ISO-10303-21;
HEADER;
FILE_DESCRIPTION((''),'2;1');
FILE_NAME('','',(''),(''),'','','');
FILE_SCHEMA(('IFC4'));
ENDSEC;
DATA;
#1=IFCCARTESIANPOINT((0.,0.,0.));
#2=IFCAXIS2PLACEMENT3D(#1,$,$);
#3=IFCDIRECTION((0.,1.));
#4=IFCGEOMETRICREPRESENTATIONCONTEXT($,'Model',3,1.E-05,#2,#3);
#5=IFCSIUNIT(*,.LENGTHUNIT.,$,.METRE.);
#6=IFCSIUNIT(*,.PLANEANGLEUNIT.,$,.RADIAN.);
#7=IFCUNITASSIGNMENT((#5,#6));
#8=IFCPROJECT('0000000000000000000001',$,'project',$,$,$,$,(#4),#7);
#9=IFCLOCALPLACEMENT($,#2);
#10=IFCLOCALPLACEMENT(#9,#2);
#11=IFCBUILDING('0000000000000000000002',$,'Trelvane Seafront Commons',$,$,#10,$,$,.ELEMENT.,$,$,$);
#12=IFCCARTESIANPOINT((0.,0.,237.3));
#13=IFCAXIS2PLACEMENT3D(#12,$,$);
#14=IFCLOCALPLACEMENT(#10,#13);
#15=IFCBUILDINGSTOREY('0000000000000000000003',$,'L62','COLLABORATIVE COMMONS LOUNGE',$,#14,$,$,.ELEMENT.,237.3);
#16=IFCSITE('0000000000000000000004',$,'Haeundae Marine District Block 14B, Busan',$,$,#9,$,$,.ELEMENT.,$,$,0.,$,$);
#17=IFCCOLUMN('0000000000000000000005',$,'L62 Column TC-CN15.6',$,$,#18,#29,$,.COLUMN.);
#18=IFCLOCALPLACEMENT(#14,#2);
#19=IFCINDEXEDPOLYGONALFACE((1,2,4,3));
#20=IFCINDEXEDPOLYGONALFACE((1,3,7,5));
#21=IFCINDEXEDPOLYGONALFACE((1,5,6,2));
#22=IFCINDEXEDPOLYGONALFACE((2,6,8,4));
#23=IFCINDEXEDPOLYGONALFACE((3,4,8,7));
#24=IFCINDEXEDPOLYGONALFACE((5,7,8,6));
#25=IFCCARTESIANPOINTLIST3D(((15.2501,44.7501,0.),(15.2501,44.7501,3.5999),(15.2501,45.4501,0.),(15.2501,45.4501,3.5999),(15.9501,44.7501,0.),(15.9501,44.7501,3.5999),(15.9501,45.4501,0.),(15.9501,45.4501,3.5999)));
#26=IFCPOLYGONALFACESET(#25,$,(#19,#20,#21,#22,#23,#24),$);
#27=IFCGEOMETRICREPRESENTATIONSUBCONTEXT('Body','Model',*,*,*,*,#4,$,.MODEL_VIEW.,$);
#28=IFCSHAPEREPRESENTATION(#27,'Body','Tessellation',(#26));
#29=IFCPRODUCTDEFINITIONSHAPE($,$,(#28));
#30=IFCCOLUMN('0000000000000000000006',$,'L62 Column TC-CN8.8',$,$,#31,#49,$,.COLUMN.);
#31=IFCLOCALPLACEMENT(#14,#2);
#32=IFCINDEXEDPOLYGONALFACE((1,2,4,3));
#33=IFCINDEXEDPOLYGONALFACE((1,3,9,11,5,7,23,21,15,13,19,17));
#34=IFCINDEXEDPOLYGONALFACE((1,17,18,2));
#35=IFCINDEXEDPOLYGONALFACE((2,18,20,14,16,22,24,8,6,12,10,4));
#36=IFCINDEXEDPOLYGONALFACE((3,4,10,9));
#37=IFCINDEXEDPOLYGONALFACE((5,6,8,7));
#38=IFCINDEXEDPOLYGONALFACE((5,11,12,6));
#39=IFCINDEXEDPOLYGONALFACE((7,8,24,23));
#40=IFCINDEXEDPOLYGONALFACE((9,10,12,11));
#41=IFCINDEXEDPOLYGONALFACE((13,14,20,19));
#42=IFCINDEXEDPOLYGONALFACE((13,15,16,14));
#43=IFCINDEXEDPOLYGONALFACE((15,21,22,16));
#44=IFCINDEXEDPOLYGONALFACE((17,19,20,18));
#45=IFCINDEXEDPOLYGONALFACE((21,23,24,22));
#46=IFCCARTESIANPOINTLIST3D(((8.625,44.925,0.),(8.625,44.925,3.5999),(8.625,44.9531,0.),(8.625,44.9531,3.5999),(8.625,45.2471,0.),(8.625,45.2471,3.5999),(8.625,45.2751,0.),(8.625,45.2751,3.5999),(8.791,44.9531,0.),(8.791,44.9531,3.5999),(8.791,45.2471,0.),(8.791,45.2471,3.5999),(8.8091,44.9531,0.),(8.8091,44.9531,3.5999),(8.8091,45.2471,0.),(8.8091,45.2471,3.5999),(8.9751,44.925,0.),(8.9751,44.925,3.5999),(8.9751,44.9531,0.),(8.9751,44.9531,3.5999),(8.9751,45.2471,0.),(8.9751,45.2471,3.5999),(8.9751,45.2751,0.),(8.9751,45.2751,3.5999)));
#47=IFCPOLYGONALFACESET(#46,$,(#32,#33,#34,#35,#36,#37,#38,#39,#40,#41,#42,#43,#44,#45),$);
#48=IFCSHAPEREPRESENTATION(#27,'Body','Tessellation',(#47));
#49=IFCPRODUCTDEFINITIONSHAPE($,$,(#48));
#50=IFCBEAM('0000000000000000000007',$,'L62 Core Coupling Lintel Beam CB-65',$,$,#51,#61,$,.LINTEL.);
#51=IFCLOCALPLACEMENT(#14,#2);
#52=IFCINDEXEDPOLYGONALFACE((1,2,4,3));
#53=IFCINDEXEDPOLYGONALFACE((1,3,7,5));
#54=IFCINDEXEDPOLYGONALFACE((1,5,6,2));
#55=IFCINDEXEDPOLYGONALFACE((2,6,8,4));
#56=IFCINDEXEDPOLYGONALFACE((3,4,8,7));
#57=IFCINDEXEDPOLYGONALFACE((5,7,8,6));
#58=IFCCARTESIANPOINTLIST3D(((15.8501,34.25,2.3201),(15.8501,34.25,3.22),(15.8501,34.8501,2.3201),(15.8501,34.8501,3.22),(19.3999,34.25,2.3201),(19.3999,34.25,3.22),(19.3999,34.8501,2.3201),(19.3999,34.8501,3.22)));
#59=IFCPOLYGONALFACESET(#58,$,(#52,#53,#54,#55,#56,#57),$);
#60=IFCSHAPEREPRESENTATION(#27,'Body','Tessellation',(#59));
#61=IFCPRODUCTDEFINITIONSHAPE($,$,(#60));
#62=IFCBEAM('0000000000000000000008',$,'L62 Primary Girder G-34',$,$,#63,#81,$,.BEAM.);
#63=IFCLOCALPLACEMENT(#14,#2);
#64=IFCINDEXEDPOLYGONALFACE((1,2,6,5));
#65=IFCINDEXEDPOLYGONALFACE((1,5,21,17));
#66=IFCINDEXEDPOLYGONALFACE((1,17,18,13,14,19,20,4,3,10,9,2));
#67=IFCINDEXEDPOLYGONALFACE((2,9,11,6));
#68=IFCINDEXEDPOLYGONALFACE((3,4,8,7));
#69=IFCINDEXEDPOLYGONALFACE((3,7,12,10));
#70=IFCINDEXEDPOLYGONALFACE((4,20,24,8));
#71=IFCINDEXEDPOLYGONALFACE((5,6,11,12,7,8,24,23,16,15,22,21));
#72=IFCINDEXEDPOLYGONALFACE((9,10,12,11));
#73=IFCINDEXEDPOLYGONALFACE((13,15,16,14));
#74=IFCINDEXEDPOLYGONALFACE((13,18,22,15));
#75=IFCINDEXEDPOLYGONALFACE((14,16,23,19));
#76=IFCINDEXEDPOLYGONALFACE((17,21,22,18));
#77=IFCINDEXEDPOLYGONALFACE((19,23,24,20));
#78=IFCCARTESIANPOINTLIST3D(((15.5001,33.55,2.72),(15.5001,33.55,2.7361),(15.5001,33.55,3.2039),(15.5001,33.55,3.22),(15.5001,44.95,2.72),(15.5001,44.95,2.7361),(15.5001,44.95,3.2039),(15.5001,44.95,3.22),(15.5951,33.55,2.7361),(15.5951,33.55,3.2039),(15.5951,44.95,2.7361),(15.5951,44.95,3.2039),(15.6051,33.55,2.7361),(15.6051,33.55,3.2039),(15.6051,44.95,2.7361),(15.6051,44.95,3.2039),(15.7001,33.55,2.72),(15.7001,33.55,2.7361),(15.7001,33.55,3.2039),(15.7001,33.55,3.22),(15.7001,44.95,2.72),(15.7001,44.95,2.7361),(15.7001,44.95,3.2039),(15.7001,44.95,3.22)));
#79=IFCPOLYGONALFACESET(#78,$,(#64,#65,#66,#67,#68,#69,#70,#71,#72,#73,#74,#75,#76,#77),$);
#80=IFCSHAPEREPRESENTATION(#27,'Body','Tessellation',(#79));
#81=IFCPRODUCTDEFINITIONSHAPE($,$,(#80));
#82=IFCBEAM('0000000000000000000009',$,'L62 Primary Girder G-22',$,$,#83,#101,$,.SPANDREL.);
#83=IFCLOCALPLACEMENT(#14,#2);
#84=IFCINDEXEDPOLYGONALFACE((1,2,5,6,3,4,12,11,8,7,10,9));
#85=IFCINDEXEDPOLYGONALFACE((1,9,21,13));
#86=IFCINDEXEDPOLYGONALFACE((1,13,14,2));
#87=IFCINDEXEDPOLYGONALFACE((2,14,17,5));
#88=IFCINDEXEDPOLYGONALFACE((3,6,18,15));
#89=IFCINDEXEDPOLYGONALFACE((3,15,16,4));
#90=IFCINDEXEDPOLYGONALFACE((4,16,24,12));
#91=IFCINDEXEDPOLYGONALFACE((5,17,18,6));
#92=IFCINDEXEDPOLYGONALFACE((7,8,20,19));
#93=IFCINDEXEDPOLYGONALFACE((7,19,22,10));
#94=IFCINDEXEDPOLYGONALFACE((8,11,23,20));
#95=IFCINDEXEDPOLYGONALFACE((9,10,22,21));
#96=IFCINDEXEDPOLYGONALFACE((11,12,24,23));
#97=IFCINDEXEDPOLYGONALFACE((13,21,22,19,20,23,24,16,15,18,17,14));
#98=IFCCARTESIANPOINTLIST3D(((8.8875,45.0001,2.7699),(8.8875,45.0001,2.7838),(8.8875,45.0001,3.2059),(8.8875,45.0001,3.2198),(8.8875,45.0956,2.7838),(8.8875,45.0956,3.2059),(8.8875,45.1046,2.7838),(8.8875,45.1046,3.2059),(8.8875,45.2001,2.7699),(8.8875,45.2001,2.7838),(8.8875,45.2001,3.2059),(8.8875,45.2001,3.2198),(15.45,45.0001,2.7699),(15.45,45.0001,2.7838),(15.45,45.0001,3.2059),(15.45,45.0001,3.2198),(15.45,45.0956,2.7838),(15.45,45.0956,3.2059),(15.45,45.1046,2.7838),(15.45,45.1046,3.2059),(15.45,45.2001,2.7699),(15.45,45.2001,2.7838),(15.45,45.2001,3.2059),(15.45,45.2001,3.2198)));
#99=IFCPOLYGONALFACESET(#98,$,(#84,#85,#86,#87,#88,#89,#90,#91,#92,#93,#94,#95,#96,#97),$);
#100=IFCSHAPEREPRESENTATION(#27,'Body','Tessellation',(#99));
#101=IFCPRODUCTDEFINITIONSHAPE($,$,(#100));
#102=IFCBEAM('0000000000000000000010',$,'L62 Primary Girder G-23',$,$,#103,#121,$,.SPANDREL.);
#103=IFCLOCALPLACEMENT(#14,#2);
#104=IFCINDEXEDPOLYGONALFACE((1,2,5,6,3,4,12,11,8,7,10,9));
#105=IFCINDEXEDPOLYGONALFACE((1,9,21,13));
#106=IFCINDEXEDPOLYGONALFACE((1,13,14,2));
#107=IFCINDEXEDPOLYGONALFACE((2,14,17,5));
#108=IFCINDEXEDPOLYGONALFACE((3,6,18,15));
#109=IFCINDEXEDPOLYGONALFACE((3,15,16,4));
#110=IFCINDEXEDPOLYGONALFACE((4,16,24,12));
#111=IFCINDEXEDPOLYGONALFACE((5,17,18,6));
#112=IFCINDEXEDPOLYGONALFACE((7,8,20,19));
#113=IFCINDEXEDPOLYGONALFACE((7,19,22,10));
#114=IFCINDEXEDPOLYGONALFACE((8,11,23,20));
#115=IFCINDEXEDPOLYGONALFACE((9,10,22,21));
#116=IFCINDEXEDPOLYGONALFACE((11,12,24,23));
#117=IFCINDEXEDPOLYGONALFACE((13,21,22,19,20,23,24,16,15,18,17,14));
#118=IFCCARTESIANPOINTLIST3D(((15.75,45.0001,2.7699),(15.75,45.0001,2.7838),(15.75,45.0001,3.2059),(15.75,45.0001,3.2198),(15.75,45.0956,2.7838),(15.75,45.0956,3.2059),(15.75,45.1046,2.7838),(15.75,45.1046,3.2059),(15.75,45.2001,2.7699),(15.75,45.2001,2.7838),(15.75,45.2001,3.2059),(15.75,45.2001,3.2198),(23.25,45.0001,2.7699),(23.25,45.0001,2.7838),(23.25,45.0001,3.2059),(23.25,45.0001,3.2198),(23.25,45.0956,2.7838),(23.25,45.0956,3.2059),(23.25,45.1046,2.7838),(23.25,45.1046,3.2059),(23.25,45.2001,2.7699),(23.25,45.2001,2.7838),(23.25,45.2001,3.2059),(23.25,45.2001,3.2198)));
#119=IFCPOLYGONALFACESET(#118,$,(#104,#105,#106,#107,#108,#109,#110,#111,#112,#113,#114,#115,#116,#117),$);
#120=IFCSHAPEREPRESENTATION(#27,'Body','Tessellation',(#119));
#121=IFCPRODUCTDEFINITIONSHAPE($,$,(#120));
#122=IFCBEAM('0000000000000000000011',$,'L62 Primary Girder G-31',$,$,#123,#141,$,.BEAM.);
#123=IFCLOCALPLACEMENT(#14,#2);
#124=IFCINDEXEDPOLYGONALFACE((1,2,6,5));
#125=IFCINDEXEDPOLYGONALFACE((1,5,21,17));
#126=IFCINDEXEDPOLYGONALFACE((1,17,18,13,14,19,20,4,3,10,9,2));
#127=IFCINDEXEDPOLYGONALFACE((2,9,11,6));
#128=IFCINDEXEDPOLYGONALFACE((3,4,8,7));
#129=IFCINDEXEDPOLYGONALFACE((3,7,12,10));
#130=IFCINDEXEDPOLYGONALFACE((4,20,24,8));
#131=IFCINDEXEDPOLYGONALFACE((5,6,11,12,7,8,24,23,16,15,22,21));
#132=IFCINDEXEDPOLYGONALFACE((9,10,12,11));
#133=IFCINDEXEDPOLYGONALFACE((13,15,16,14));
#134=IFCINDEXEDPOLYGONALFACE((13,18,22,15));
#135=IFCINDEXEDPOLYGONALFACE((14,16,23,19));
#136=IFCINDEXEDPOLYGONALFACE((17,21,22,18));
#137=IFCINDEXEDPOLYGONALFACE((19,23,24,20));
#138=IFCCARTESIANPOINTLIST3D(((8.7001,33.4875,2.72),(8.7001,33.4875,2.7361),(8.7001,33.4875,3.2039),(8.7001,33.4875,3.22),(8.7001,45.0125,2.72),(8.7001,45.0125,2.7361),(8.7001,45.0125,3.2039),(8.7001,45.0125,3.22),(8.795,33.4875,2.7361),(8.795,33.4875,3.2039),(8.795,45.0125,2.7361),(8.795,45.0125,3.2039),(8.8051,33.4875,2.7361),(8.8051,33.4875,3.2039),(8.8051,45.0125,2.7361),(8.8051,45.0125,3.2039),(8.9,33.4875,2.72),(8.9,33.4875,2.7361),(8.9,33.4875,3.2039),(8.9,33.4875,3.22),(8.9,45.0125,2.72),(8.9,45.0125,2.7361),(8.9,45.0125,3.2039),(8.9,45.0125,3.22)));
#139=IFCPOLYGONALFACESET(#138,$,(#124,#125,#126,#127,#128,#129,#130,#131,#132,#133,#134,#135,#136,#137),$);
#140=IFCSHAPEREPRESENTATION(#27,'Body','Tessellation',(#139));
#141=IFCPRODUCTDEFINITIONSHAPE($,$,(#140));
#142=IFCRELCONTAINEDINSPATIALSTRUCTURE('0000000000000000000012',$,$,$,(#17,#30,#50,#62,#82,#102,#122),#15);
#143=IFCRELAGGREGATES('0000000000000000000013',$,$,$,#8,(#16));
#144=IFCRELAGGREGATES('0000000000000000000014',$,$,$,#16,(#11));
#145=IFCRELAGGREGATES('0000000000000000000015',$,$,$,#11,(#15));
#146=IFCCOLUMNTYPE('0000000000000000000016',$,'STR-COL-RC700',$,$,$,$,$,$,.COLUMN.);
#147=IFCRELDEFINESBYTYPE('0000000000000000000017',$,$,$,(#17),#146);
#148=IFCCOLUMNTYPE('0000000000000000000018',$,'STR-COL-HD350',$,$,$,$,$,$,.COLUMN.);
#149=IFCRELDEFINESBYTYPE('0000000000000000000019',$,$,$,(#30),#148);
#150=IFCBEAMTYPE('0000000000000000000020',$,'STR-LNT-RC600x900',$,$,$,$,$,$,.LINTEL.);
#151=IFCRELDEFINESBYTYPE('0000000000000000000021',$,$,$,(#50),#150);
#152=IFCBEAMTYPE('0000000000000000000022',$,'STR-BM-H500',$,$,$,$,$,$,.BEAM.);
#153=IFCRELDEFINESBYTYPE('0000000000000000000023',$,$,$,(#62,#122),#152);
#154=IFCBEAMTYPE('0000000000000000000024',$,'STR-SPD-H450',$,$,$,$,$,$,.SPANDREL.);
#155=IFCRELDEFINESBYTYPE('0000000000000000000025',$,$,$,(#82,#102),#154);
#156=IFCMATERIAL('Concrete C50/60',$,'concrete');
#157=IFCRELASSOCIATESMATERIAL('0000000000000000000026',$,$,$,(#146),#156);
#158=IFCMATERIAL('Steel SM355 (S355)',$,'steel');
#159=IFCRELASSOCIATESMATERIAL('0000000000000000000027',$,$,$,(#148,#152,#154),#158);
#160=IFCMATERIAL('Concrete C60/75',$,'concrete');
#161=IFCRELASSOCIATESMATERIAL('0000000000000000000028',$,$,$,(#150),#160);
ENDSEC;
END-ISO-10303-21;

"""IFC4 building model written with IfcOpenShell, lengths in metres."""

from ifc_helpers import new_model, si_unit, direction, frame, origin, origin_2d, place, context, subcontext, project, spatial, rectangle, i_section, extrude, source, transform, mapped, material, material_profile, profile_set, type_object, element, save


model = new_model("IFC4")

# Units and contexts
model_context = context("Model", 3, precision=1e-05, world=origin(), true_north=direction((0.0, 1.0)))
body_context = subcontext(model_context, "Body", "Model", "MODEL_VIEW")
ifc_project = project(units=[si_unit("LENGTHUNIT", "METRE"), si_unit("PLANEANGLEUNIT", "RADIAN")], contexts=[model_context])

# Site, building, storey
site_placement = place(None, origin())
site = spatial("IfcSite", under=ifc_project, at=site_placement, Name="Haeundae Marine District Block 14B, Busan", CompositionType="ELEMENT", RefElevation=0.0)
building_placement = place(site_placement, origin())
building = spatial("IfcBuilding", under=site, at=building_placement, Name="Trelvane Seafront Commons", CompositionType="ELEMENT")
storey_placement = place(building_placement, frame((0.0, 0.0, 237.3)))
storey = spatial("IfcBuildingStorey", under=building, at=storey_placement, Name="L62", Description="COLLABORATIVE COMMONS LOUNGE", CompositionType="ELEMENT", Elevation=237.3)

# Columns
ifc_material_1 = material(Name="Concrete C50/60", Category="concrete")
ifc_material_profile_1 = material_profile(ifc_material_1, rectangle(XDim=0.7, YDim=0.7, at=origin_2d()), Name="RC-700x700")
ifc_profile_set_1 = profile_set([ifc_material_profile_1], Name="Concrete C50/60")
column_type_1 = type_object("IfcColumnType", Name="STR-COL-RC700", PredefinedType="COLUMN", material=ifc_profile_set_1)
shared_shape_1 = source(origin(), body_context, "Body", "SweptSolid", [
    extrude(rectangle(XDim=0.7, YDim=0.7, at=origin_2d()), origin(), (0.0, 0.0, 1.0), 3.5999),
])
column_1_placement = place(storey_placement, frame((15.6001, 45.1001, 0.0), z_axis=(0.0, 0.0, 1.0), x_axis=(1.0, 0.0, 0.0)))
element("IfcColumn", 1, at=column_1_placement, inside=storey, type_object=column_type_1, Name="L62 Column TC-CN15.6", PredefinedType="COLUMN", context=body_context, shape_type="MappedRepresentation", body=[
    mapped(shared_shape_1, transform((0.0, 0.0, 0.0), x_axis=(1.0, 0.0, 0.0), y_axis=(0.0, 1.0, 0.0), z_axis=(0.0, 0.0, 1.0), scale=1.0)),
])
ifc_material_2 = material(Name="Steel SM355 (S355)", Category="steel")
ifc_material_profile_2 = material_profile(ifc_material_2, i_section(OverallWidth=0.3501, OverallDepth=0.3501, WebThickness=0.0181, FlangeThickness=0.0281, at=origin_2d()), Name="HD-350x350x18x28")
ifc_profile_set_2 = profile_set([ifc_material_profile_2], Name="Steel SM355 (S355)")
column_type_2 = type_object("IfcColumnType", Name="STR-COL-HD350", PredefinedType="COLUMN", material=ifc_profile_set_2)
shared_shape_2 = source(origin(), body_context, "Body", "SweptSolid", [
    extrude(i_section(OverallWidth=0.3501, OverallDepth=0.3501, WebThickness=0.0181, FlangeThickness=0.0281, at=origin_2d()), origin(), (0.0, 0.0, 1.0), 3.5999),
])
column_2_placement = place(storey_placement, frame((8.8, 45.1001, 0.0), z_axis=(0.0, 0.0, 1.0), x_axis=(1.0, 0.0, 0.0)))
element("IfcColumn", 2, at=column_2_placement, inside=storey, type_object=column_type_2, Name="L62 Column TC-CN8.8", PredefinedType="COLUMN", context=body_context, shape_type="MappedRepresentation", body=[
    mapped(shared_shape_2, transform((0.0, 0.0, 0.0), x_axis=(1.0, 0.0, 0.0), y_axis=(0.0, 1.0, 0.0), z_axis=(0.0, 0.0, 1.0), scale=1.0)),
])

# Beams
ifc_material_3 = material(Name="Concrete C60/75", Category="concrete")
ifc_material_profile_3 = material_profile(ifc_material_3, rectangle(XDim=0.6001, YDim=0.8999, at=origin_2d()), Name="RC-600x900")
ifc_profile_set_3 = profile_set([ifc_material_profile_3], Name="Concrete C60/75")
beam_type_1 = type_object("IfcBeamType", Name="STR-LNT-RC600x900", PredefinedType="LINTEL", material=ifc_profile_set_3)
shared_shape_3 = source(origin(), body_context, "Body", "SweptSolid", [
    extrude(rectangle(XDim=0.6001, YDim=0.8999, at=origin_2d()), origin(), (0.0, 0.0, 1.0), 3.5498),
])
beam_1_placement = place(storey_placement, frame((15.8501, 34.55, 2.77), z_axis=(1.0, 0.0, 0.0), x_axis=(0.0, 1.0, 0.0)))
element("IfcBeam", 3, at=beam_1_placement, inside=storey, type_object=beam_type_1, Name="L62 Core Coupling Lintel Beam CB-65", PredefinedType="LINTEL", context=body_context, shape_type="MappedRepresentation", body=[
    mapped(shared_shape_3, transform((0.0, 0.0, 0.0), x_axis=(1.0, 0.0, 0.0), y_axis=(0.0, 1.0, 0.0), z_axis=(0.0, 0.0, 1.0), scale=1.0)),
])
ifc_material_profile_4 = material_profile(ifc_material_2, i_section(OverallWidth=0.2, OverallDepth=0.5, WebThickness=0.01, FlangeThickness=0.0161, at=origin_2d()), Name="H-500x200x10x16")
ifc_profile_set_4 = profile_set([ifc_material_profile_4], Name="Steel SM355 (S355)")
beam_type_2 = type_object("IfcBeamType", Name="STR-BM-H500", PredefinedType="BEAM", material=ifc_profile_set_4)
shared_shape_4 = source(origin(), body_context, "Body", "SweptSolid", [
    extrude(i_section(OverallWidth=0.2, OverallDepth=0.5, WebThickness=0.01, FlangeThickness=0.0161, at=origin_2d()), origin(), (0.0, 0.0, 1.0), 11.3999),
])
beam_2_placement = place(storey_placement, frame((15.6001, 33.55, 2.97), z_axis=(0.0, 1.0, 0.0), x_axis=(-1.0, 0.0, 0.0)))
element("IfcBeam", 4, at=beam_2_placement, inside=storey, type_object=beam_type_2, Name="L62 Primary Girder G-34", PredefinedType="BEAM", context=body_context, shape_type="MappedRepresentation", body=[
    mapped(shared_shape_4, transform((0.0, 0.0, 0.0), x_axis=(1.0, 0.0, 0.0), y_axis=(0.0, 1.0, 0.0), z_axis=(0.0, 0.0, 1.0), scale=1.0)),
])
ifc_material_profile_5 = material_profile(ifc_material_2, i_section(OverallWidth=0.2, OverallDepth=0.45, WebThickness=0.009, FlangeThickness=0.0139, at=origin_2d()), Name="H-450x200x9x14")
ifc_profile_set_5 = profile_set([ifc_material_profile_5], Name="Steel SM355 (S355)")
beam_type_3 = type_object("IfcBeamType", Name="STR-SPD-H450", PredefinedType="SPANDREL", material=ifc_profile_set_5)
shared_shape_5 = source(origin(), body_context, "Body", "SweptSolid", [
    extrude(i_section(OverallWidth=0.2, OverallDepth=0.45, WebThickness=0.009, FlangeThickness=0.0139, at=origin_2d()), origin(), (0.0, 0.0, 1.0), 6.5625),
])
beam_3_placement = place(storey_placement, frame((8.8875, 45.1001, 2.9949), z_axis=(1.0, 0.0, 0.0), x_axis=(0.0, 1.0, 0.0)))
element("IfcBeam", 5, at=beam_3_placement, inside=storey, type_object=beam_type_3, Name="L62 Primary Girder G-22", PredefinedType="SPANDREL", context=body_context, shape_type="MappedRepresentation", body=[
    mapped(shared_shape_5, transform((0.0, 0.0, 0.0), x_axis=(1.0, 0.0, 0.0), y_axis=(0.0, 1.0, 0.0), z_axis=(0.0, 0.0, 1.0), scale=1.0)),
])
shared_shape_6 = source(origin(), body_context, "Body", "SweptSolid", [
    extrude(i_section(OverallWidth=0.2, OverallDepth=0.45, WebThickness=0.009, FlangeThickness=0.0139, at=origin_2d()), origin(), (0.0, 0.0, 1.0), 7.5),
])
beam_4_placement = place(storey_placement, frame((15.75, 45.1001, 2.9949), z_axis=(1.0, 0.0, 0.0), x_axis=(0.0, 1.0, 0.0)))
element("IfcBeam", 6, at=beam_4_placement, inside=storey, type_object=beam_type_3, Name="L62 Primary Girder G-23", PredefinedType="SPANDREL", context=body_context, shape_type="MappedRepresentation", body=[
    mapped(shared_shape_6, transform((0.0, 0.0, 0.0), x_axis=(1.0, 0.0, 0.0), y_axis=(0.0, 1.0, 0.0), z_axis=(0.0, 0.0, 1.0), scale=1.0)),
])
shared_shape_7 = source(origin(), body_context, "Body", "SweptSolid", [
    extrude(i_section(OverallWidth=0.2, OverallDepth=0.5, WebThickness=0.01, FlangeThickness=0.0161, at=origin_2d()), origin(), (0.0, 0.0, 1.0), 11.5249),
])
beam_5_placement = place(storey_placement, frame((8.8, 33.4875, 2.97), z_axis=(0.0, 1.0, 0.0), x_axis=(-1.0, 0.0, 0.0)))
element("IfcBeam", 7, at=beam_5_placement, inside=storey, type_object=beam_type_2, Name="L62 Primary Girder G-31", PredefinedType="BEAM", context=body_context, shape_type="MappedRepresentation", body=[
    mapped(shared_shape_7, transform((0.0, 0.0, 0.0), x_axis=(1.0, 0.0, 0.0), y_axis=(0.0, 1.0, 0.0), z_axis=(0.0, 0.0, 1.0), scale=1.0)),
])

save(model, "model.ifc")
